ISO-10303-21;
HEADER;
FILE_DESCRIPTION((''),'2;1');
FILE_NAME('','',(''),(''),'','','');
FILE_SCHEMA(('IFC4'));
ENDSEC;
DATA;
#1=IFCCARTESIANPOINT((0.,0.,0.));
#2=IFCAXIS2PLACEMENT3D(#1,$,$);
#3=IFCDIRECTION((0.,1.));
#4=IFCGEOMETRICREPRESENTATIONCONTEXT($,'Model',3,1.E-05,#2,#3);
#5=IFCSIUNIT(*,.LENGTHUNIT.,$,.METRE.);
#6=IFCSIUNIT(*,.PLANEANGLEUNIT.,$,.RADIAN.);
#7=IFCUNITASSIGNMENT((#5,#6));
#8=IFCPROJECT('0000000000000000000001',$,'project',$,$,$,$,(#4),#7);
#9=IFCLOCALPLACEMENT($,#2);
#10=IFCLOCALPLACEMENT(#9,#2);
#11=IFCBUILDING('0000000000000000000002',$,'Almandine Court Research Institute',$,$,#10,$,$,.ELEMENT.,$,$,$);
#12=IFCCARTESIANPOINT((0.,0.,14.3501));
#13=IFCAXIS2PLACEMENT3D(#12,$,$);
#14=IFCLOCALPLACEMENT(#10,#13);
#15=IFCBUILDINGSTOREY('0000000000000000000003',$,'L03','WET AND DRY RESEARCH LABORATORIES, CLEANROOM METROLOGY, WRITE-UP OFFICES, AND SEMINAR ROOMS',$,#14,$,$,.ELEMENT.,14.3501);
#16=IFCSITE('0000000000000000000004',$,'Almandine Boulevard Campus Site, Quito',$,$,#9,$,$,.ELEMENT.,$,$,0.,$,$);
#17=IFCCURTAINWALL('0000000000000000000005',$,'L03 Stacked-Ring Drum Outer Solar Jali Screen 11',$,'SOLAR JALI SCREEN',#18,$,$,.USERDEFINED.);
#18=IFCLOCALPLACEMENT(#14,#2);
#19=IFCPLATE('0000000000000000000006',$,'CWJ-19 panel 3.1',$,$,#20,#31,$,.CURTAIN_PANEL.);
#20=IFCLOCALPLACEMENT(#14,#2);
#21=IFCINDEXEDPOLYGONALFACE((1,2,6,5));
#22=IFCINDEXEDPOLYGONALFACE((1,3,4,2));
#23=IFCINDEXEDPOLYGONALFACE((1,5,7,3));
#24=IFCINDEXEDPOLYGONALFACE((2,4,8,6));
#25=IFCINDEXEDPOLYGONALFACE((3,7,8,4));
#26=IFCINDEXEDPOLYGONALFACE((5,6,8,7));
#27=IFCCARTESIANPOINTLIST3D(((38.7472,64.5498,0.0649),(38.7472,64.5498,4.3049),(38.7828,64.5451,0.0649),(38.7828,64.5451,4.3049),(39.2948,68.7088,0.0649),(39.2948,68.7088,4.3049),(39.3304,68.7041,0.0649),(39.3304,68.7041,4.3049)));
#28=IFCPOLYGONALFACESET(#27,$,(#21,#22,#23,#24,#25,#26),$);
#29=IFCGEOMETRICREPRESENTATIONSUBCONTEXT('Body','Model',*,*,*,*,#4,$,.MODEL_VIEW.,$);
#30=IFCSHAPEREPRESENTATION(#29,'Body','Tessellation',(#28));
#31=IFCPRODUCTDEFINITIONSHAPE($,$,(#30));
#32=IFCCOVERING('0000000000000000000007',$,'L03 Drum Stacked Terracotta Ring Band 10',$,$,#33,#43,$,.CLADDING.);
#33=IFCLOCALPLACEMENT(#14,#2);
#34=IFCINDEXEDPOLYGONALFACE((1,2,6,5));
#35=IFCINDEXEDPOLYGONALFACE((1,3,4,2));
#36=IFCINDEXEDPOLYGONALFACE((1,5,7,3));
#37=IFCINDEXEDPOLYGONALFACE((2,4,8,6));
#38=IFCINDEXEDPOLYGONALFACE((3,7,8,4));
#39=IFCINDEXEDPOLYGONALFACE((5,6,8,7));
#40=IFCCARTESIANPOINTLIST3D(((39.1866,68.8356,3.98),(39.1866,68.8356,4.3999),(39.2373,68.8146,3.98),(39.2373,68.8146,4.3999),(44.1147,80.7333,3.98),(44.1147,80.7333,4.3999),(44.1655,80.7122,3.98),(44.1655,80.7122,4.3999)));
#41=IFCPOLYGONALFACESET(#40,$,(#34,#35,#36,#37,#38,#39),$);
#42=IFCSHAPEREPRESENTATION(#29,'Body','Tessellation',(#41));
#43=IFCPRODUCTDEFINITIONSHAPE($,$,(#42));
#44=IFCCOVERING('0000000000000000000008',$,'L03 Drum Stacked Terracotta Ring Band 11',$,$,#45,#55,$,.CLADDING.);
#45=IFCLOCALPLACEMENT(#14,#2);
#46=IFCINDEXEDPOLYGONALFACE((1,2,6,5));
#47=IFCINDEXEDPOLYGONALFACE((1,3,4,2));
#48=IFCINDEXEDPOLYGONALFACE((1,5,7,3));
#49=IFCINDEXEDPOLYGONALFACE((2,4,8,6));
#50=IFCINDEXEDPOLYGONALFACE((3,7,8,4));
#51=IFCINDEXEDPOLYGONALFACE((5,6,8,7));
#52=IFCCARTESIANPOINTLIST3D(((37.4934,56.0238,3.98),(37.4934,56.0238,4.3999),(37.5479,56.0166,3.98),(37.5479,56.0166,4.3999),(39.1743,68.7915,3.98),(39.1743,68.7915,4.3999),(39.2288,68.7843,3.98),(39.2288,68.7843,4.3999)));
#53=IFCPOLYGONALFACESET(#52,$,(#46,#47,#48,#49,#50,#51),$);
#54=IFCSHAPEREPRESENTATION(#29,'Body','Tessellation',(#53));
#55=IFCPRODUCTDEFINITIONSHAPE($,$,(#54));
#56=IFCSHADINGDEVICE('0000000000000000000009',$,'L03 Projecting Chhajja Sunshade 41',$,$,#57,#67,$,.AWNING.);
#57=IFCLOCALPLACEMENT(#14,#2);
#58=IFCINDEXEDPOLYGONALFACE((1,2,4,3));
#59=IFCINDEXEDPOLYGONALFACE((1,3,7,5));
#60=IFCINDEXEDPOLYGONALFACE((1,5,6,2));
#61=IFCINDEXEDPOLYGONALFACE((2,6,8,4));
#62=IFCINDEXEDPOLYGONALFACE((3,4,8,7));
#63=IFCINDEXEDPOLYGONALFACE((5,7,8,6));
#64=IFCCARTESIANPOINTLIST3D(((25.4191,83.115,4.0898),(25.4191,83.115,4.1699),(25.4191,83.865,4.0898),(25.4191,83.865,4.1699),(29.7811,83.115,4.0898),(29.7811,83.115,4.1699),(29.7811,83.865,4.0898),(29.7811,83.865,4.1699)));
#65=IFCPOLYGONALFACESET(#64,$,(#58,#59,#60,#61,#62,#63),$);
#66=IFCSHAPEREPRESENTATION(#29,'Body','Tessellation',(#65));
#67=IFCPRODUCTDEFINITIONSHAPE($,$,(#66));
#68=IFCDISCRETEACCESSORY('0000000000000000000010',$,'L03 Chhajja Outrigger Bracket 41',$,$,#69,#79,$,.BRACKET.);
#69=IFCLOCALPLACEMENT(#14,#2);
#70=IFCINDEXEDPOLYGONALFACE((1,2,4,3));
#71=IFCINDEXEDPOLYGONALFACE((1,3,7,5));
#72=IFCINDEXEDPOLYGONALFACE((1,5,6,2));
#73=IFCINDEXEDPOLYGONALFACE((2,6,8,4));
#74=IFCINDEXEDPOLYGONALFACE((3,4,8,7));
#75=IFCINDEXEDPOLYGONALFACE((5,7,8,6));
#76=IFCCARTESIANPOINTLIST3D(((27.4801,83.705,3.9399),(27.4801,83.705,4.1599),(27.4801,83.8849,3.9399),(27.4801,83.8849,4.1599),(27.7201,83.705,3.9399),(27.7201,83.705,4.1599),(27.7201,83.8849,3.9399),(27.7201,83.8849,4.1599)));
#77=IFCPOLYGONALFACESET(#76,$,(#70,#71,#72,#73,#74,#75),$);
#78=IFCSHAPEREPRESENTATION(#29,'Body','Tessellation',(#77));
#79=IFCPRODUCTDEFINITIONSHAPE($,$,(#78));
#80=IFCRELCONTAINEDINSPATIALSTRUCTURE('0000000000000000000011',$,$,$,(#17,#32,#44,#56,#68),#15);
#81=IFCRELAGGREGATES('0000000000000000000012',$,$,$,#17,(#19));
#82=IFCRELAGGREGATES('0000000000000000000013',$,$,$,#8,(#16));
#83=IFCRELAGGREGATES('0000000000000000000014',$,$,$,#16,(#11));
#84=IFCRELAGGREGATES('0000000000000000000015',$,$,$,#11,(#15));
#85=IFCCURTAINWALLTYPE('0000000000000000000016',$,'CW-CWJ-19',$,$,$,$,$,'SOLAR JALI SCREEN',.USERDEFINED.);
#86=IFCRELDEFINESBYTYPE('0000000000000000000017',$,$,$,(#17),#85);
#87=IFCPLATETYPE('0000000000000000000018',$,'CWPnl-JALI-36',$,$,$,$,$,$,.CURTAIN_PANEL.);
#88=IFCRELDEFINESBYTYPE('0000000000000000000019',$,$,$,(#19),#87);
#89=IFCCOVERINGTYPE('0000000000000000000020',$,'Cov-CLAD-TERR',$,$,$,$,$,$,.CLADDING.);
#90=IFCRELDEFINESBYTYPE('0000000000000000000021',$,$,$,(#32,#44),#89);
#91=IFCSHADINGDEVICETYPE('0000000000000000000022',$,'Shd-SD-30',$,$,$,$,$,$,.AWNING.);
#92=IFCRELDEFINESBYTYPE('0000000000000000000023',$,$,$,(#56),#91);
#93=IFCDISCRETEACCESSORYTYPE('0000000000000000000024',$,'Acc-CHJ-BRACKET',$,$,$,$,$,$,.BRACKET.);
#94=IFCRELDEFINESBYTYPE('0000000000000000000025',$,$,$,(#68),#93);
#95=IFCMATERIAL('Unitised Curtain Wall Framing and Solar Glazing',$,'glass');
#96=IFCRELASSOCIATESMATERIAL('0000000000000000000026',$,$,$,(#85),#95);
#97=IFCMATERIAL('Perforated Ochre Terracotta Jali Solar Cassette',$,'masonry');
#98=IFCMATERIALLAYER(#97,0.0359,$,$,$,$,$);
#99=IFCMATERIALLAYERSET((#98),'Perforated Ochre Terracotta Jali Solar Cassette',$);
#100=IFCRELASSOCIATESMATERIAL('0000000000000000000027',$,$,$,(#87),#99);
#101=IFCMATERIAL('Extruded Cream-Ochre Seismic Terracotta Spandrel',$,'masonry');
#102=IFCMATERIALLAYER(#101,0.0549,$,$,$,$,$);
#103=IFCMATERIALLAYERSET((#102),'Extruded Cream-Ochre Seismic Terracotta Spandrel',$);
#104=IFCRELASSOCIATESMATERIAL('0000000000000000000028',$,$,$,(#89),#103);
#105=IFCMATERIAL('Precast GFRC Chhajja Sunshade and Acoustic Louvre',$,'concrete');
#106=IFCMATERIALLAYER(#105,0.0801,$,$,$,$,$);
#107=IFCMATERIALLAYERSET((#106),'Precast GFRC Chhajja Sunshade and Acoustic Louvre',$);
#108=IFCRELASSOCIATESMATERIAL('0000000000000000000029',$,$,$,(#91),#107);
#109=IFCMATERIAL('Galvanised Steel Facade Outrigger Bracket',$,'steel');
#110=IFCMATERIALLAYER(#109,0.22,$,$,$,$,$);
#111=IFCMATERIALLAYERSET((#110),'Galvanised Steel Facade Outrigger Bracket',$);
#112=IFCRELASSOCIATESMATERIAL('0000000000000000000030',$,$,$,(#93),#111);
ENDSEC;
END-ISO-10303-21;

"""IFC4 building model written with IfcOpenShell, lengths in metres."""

from ifc_helpers import new_model, si_unit, direction, frame, origin, origin_2d, place, context, subcontext, project, spatial, rectangle, extrude, material, layer, layer_set, type_object, element, aggregate, save


model = new_model("IFC4")

# Units and contexts
model_context = context("Model", 3, precision=1e-05, world=origin(), true_north=direction((0.0, 1.0)))
body_context = subcontext(model_context, "Body", "Model", "MODEL_VIEW")
ifc_project = project(units=[si_unit("LENGTHUNIT", "METRE"), si_unit("PLANEANGLEUNIT", "RADIAN")], contexts=[model_context])

# Site, building, storey
site_placement = place(None, origin())
site = spatial("IfcSite", under=ifc_project, at=site_placement, Name="Almandine Boulevard Campus Site, Quito", CompositionType="ELEMENT", RefElevation=0.0)
building_placement = place(site_placement, origin())
building = spatial("IfcBuilding", under=site, at=building_placement, Name="Almandine Court Research Institute", CompositionType="ELEMENT")
storey_placement = place(building_placement, frame((0.0, 0.0, 14.3501)))
storey = spatial("IfcBuildingStorey", under=building, at=storey_placement, Name="L03", Description="WET AND DRY RESEARCH LABORATORIES, CLEANROOM METROLOGY, WRITE-UP OFFICES, AND SEMINAR ROOMS", CompositionType="ELEMENT", Elevation=14.3501)

# Shared definitions
ifc_material_1 = material(Name="Unitised Curtain Wall Framing and Solar Glazing", Category="glass")
curtain_wall_type = type_object("IfcCurtainWallType", Name="CW-CWJ-19", ElementType="SOLAR JALI SCREEN", PredefinedType="USERDEFINED", material=ifc_material_1)

# Curtain wall
curtain_wall_1_placement = place(storey_placement, origin())
curtain_wall_1 = element("IfcCurtainWall", 1, at=curtain_wall_1_placement, inside=storey, type_object=curtain_wall_type, Name="L03 Stacked-Ring Drum Outer Solar Jali Screen 11", ObjectType="SOLAR JALI SCREEN", PredefinedType="USERDEFINED")

# Plate
ifc_material_2 = material(Name="Perforated Ochre Terracotta Jali Solar Cassette", Category="masonry")
ifc_layer_1 = layer(ifc_material_2, 0.0359)
ifc_layer_set_1 = layer_set([ifc_layer_1], Name="Perforated Ochre Terracotta Jali Solar Cassette")
plate_type = type_object("IfcPlateType", Name="CWPnl-JALI-36", PredefinedType="CURTAIN_PANEL", material=ifc_layer_set_1)
plate_1_placement = place(storey_placement, frame((39.0388, 66.627, 0.0649), z_axis=(0.0, 0.0, 1.0), x_axis=(0.130541, 0.991443, 0.0)))
plate_1 = element("IfcPlate", 2, at=plate_1_placement, type_object=plate_type, Name="CWJ-19 panel 3.1", PredefinedType="CURTAIN_PANEL", context=body_context, shape_type="SweptSolid", body=[
    extrude(rectangle(XDim=4.1948, YDim=0.0359, at=origin_2d()), origin(), (0.0, 0.0, 1.0), 4.24),
])
aggregate(curtain_wall_1, [plate_1])

# Coverings
ifc_material_3 = material(Name="Extruded Cream-Ochre Seismic Terracotta Spandrel", Category="masonry")
ifc_layer_2 = layer(ifc_material_3, 0.0549)
ifc_layer_set_2 = layer_set([ifc_layer_2], Name="Extruded Cream-Ochre Seismic Terracotta Spandrel")
covering_type = type_object("IfcCoveringType", Name="Cov-CLAD-TERR", PredefinedType="CLADDING", material=ifc_layer_set_2)
for number, where, z_axis, x_axis, name in (
    (3, (41.676, 74.7739, 3.98), (0.0, 0.0, 1.0), (0.382683, 0.92388, 0.0), "L03 Drum Stacked Terracotta Ring Band 10"),
    (4, (38.3611, 62.4041, 3.98), (0.0, 0.0, 1.0), (0.130526, 0.991445, 0.0), "L03 Drum Stacked Terracotta Ring Band 11"),
):
    element("IfcCovering", number, at=place(storey_placement, frame(where, z_axis=z_axis, x_axis=x_axis)), inside=storey, type_object=covering_type, Name=name, PredefinedType="CLADDING", context=body_context, shape_type="SweptSolid", body=[
        extrude(rectangle(XDim=12.8779, YDim=0.0549, at=origin_2d()), origin(), (0.0, 0.0, 1.0), 0.4199),
    ])

# Shading device
ifc_material_4 = material(Name="Precast GFRC Chhajja Sunshade and Acoustic Louvre", Category="concrete")
ifc_layer_3 = layer(ifc_material_4, 0.0801)
ifc_layer_set_3 = layer_set([ifc_layer_3], Name="Precast GFRC Chhajja Sunshade and Acoustic Louvre")
shading_device_type = type_object("IfcShadingDeviceType", Name="Shd-SD-30", PredefinedType="AWNING", material=ifc_layer_set_3)
shading_device_placement = place(storey_placement, frame((27.6001, 83.49, 4.0898), z_axis=(0.0, 0.0, 1.0), x_axis=(-1.0, 0.0, 0.0)))
element("IfcShadingDevice", 5, at=shading_device_placement, inside=storey, type_object=shading_device_type, Name="L03 Projecting Chhajja Sunshade 41", PredefinedType="AWNING", context=body_context, shape_type="SweptSolid", body=[
    extrude(rectangle(XDim=4.3621, YDim=0.75, at=origin_2d()), origin(), (0.0, 0.0, 1.0), 0.0801),
])

# Discrete accessory
ifc_material_5 = material(Name="Galvanised Steel Facade Outrigger Bracket", Category="steel")
ifc_layer_4 = layer(ifc_material_5, 0.22)
ifc_layer_set_4 = layer_set([ifc_layer_4], Name="Galvanised Steel Facade Outrigger Bracket")
discrete_accessory_type = type_object("IfcDiscreteAccessoryType", Name="Acc-CHJ-BRACKET", PredefinedType="BRACKET", material=ifc_layer_set_4)
discrete_accessory_placement = place(storey_placement, frame((27.6001, 83.7949, 3.9399), z_axis=(0.0, 0.0, 1.0), x_axis=(-1.0, 0.0, 0.0)))
element("IfcDiscreteAccessory", 6, at=discrete_accessory_placement, inside=storey, type_object=discrete_accessory_type, Name="L03 Chhajja Outrigger Bracket 41", PredefinedType="BRACKET", context=body_context, shape_type="SweptSolid", body=[
    extrude(rectangle(XDim=0.24, YDim=0.1799, at=origin_2d()), origin(), (0.0, 0.0, 1.0), 0.22),
])

save(model, "model.ifc")
